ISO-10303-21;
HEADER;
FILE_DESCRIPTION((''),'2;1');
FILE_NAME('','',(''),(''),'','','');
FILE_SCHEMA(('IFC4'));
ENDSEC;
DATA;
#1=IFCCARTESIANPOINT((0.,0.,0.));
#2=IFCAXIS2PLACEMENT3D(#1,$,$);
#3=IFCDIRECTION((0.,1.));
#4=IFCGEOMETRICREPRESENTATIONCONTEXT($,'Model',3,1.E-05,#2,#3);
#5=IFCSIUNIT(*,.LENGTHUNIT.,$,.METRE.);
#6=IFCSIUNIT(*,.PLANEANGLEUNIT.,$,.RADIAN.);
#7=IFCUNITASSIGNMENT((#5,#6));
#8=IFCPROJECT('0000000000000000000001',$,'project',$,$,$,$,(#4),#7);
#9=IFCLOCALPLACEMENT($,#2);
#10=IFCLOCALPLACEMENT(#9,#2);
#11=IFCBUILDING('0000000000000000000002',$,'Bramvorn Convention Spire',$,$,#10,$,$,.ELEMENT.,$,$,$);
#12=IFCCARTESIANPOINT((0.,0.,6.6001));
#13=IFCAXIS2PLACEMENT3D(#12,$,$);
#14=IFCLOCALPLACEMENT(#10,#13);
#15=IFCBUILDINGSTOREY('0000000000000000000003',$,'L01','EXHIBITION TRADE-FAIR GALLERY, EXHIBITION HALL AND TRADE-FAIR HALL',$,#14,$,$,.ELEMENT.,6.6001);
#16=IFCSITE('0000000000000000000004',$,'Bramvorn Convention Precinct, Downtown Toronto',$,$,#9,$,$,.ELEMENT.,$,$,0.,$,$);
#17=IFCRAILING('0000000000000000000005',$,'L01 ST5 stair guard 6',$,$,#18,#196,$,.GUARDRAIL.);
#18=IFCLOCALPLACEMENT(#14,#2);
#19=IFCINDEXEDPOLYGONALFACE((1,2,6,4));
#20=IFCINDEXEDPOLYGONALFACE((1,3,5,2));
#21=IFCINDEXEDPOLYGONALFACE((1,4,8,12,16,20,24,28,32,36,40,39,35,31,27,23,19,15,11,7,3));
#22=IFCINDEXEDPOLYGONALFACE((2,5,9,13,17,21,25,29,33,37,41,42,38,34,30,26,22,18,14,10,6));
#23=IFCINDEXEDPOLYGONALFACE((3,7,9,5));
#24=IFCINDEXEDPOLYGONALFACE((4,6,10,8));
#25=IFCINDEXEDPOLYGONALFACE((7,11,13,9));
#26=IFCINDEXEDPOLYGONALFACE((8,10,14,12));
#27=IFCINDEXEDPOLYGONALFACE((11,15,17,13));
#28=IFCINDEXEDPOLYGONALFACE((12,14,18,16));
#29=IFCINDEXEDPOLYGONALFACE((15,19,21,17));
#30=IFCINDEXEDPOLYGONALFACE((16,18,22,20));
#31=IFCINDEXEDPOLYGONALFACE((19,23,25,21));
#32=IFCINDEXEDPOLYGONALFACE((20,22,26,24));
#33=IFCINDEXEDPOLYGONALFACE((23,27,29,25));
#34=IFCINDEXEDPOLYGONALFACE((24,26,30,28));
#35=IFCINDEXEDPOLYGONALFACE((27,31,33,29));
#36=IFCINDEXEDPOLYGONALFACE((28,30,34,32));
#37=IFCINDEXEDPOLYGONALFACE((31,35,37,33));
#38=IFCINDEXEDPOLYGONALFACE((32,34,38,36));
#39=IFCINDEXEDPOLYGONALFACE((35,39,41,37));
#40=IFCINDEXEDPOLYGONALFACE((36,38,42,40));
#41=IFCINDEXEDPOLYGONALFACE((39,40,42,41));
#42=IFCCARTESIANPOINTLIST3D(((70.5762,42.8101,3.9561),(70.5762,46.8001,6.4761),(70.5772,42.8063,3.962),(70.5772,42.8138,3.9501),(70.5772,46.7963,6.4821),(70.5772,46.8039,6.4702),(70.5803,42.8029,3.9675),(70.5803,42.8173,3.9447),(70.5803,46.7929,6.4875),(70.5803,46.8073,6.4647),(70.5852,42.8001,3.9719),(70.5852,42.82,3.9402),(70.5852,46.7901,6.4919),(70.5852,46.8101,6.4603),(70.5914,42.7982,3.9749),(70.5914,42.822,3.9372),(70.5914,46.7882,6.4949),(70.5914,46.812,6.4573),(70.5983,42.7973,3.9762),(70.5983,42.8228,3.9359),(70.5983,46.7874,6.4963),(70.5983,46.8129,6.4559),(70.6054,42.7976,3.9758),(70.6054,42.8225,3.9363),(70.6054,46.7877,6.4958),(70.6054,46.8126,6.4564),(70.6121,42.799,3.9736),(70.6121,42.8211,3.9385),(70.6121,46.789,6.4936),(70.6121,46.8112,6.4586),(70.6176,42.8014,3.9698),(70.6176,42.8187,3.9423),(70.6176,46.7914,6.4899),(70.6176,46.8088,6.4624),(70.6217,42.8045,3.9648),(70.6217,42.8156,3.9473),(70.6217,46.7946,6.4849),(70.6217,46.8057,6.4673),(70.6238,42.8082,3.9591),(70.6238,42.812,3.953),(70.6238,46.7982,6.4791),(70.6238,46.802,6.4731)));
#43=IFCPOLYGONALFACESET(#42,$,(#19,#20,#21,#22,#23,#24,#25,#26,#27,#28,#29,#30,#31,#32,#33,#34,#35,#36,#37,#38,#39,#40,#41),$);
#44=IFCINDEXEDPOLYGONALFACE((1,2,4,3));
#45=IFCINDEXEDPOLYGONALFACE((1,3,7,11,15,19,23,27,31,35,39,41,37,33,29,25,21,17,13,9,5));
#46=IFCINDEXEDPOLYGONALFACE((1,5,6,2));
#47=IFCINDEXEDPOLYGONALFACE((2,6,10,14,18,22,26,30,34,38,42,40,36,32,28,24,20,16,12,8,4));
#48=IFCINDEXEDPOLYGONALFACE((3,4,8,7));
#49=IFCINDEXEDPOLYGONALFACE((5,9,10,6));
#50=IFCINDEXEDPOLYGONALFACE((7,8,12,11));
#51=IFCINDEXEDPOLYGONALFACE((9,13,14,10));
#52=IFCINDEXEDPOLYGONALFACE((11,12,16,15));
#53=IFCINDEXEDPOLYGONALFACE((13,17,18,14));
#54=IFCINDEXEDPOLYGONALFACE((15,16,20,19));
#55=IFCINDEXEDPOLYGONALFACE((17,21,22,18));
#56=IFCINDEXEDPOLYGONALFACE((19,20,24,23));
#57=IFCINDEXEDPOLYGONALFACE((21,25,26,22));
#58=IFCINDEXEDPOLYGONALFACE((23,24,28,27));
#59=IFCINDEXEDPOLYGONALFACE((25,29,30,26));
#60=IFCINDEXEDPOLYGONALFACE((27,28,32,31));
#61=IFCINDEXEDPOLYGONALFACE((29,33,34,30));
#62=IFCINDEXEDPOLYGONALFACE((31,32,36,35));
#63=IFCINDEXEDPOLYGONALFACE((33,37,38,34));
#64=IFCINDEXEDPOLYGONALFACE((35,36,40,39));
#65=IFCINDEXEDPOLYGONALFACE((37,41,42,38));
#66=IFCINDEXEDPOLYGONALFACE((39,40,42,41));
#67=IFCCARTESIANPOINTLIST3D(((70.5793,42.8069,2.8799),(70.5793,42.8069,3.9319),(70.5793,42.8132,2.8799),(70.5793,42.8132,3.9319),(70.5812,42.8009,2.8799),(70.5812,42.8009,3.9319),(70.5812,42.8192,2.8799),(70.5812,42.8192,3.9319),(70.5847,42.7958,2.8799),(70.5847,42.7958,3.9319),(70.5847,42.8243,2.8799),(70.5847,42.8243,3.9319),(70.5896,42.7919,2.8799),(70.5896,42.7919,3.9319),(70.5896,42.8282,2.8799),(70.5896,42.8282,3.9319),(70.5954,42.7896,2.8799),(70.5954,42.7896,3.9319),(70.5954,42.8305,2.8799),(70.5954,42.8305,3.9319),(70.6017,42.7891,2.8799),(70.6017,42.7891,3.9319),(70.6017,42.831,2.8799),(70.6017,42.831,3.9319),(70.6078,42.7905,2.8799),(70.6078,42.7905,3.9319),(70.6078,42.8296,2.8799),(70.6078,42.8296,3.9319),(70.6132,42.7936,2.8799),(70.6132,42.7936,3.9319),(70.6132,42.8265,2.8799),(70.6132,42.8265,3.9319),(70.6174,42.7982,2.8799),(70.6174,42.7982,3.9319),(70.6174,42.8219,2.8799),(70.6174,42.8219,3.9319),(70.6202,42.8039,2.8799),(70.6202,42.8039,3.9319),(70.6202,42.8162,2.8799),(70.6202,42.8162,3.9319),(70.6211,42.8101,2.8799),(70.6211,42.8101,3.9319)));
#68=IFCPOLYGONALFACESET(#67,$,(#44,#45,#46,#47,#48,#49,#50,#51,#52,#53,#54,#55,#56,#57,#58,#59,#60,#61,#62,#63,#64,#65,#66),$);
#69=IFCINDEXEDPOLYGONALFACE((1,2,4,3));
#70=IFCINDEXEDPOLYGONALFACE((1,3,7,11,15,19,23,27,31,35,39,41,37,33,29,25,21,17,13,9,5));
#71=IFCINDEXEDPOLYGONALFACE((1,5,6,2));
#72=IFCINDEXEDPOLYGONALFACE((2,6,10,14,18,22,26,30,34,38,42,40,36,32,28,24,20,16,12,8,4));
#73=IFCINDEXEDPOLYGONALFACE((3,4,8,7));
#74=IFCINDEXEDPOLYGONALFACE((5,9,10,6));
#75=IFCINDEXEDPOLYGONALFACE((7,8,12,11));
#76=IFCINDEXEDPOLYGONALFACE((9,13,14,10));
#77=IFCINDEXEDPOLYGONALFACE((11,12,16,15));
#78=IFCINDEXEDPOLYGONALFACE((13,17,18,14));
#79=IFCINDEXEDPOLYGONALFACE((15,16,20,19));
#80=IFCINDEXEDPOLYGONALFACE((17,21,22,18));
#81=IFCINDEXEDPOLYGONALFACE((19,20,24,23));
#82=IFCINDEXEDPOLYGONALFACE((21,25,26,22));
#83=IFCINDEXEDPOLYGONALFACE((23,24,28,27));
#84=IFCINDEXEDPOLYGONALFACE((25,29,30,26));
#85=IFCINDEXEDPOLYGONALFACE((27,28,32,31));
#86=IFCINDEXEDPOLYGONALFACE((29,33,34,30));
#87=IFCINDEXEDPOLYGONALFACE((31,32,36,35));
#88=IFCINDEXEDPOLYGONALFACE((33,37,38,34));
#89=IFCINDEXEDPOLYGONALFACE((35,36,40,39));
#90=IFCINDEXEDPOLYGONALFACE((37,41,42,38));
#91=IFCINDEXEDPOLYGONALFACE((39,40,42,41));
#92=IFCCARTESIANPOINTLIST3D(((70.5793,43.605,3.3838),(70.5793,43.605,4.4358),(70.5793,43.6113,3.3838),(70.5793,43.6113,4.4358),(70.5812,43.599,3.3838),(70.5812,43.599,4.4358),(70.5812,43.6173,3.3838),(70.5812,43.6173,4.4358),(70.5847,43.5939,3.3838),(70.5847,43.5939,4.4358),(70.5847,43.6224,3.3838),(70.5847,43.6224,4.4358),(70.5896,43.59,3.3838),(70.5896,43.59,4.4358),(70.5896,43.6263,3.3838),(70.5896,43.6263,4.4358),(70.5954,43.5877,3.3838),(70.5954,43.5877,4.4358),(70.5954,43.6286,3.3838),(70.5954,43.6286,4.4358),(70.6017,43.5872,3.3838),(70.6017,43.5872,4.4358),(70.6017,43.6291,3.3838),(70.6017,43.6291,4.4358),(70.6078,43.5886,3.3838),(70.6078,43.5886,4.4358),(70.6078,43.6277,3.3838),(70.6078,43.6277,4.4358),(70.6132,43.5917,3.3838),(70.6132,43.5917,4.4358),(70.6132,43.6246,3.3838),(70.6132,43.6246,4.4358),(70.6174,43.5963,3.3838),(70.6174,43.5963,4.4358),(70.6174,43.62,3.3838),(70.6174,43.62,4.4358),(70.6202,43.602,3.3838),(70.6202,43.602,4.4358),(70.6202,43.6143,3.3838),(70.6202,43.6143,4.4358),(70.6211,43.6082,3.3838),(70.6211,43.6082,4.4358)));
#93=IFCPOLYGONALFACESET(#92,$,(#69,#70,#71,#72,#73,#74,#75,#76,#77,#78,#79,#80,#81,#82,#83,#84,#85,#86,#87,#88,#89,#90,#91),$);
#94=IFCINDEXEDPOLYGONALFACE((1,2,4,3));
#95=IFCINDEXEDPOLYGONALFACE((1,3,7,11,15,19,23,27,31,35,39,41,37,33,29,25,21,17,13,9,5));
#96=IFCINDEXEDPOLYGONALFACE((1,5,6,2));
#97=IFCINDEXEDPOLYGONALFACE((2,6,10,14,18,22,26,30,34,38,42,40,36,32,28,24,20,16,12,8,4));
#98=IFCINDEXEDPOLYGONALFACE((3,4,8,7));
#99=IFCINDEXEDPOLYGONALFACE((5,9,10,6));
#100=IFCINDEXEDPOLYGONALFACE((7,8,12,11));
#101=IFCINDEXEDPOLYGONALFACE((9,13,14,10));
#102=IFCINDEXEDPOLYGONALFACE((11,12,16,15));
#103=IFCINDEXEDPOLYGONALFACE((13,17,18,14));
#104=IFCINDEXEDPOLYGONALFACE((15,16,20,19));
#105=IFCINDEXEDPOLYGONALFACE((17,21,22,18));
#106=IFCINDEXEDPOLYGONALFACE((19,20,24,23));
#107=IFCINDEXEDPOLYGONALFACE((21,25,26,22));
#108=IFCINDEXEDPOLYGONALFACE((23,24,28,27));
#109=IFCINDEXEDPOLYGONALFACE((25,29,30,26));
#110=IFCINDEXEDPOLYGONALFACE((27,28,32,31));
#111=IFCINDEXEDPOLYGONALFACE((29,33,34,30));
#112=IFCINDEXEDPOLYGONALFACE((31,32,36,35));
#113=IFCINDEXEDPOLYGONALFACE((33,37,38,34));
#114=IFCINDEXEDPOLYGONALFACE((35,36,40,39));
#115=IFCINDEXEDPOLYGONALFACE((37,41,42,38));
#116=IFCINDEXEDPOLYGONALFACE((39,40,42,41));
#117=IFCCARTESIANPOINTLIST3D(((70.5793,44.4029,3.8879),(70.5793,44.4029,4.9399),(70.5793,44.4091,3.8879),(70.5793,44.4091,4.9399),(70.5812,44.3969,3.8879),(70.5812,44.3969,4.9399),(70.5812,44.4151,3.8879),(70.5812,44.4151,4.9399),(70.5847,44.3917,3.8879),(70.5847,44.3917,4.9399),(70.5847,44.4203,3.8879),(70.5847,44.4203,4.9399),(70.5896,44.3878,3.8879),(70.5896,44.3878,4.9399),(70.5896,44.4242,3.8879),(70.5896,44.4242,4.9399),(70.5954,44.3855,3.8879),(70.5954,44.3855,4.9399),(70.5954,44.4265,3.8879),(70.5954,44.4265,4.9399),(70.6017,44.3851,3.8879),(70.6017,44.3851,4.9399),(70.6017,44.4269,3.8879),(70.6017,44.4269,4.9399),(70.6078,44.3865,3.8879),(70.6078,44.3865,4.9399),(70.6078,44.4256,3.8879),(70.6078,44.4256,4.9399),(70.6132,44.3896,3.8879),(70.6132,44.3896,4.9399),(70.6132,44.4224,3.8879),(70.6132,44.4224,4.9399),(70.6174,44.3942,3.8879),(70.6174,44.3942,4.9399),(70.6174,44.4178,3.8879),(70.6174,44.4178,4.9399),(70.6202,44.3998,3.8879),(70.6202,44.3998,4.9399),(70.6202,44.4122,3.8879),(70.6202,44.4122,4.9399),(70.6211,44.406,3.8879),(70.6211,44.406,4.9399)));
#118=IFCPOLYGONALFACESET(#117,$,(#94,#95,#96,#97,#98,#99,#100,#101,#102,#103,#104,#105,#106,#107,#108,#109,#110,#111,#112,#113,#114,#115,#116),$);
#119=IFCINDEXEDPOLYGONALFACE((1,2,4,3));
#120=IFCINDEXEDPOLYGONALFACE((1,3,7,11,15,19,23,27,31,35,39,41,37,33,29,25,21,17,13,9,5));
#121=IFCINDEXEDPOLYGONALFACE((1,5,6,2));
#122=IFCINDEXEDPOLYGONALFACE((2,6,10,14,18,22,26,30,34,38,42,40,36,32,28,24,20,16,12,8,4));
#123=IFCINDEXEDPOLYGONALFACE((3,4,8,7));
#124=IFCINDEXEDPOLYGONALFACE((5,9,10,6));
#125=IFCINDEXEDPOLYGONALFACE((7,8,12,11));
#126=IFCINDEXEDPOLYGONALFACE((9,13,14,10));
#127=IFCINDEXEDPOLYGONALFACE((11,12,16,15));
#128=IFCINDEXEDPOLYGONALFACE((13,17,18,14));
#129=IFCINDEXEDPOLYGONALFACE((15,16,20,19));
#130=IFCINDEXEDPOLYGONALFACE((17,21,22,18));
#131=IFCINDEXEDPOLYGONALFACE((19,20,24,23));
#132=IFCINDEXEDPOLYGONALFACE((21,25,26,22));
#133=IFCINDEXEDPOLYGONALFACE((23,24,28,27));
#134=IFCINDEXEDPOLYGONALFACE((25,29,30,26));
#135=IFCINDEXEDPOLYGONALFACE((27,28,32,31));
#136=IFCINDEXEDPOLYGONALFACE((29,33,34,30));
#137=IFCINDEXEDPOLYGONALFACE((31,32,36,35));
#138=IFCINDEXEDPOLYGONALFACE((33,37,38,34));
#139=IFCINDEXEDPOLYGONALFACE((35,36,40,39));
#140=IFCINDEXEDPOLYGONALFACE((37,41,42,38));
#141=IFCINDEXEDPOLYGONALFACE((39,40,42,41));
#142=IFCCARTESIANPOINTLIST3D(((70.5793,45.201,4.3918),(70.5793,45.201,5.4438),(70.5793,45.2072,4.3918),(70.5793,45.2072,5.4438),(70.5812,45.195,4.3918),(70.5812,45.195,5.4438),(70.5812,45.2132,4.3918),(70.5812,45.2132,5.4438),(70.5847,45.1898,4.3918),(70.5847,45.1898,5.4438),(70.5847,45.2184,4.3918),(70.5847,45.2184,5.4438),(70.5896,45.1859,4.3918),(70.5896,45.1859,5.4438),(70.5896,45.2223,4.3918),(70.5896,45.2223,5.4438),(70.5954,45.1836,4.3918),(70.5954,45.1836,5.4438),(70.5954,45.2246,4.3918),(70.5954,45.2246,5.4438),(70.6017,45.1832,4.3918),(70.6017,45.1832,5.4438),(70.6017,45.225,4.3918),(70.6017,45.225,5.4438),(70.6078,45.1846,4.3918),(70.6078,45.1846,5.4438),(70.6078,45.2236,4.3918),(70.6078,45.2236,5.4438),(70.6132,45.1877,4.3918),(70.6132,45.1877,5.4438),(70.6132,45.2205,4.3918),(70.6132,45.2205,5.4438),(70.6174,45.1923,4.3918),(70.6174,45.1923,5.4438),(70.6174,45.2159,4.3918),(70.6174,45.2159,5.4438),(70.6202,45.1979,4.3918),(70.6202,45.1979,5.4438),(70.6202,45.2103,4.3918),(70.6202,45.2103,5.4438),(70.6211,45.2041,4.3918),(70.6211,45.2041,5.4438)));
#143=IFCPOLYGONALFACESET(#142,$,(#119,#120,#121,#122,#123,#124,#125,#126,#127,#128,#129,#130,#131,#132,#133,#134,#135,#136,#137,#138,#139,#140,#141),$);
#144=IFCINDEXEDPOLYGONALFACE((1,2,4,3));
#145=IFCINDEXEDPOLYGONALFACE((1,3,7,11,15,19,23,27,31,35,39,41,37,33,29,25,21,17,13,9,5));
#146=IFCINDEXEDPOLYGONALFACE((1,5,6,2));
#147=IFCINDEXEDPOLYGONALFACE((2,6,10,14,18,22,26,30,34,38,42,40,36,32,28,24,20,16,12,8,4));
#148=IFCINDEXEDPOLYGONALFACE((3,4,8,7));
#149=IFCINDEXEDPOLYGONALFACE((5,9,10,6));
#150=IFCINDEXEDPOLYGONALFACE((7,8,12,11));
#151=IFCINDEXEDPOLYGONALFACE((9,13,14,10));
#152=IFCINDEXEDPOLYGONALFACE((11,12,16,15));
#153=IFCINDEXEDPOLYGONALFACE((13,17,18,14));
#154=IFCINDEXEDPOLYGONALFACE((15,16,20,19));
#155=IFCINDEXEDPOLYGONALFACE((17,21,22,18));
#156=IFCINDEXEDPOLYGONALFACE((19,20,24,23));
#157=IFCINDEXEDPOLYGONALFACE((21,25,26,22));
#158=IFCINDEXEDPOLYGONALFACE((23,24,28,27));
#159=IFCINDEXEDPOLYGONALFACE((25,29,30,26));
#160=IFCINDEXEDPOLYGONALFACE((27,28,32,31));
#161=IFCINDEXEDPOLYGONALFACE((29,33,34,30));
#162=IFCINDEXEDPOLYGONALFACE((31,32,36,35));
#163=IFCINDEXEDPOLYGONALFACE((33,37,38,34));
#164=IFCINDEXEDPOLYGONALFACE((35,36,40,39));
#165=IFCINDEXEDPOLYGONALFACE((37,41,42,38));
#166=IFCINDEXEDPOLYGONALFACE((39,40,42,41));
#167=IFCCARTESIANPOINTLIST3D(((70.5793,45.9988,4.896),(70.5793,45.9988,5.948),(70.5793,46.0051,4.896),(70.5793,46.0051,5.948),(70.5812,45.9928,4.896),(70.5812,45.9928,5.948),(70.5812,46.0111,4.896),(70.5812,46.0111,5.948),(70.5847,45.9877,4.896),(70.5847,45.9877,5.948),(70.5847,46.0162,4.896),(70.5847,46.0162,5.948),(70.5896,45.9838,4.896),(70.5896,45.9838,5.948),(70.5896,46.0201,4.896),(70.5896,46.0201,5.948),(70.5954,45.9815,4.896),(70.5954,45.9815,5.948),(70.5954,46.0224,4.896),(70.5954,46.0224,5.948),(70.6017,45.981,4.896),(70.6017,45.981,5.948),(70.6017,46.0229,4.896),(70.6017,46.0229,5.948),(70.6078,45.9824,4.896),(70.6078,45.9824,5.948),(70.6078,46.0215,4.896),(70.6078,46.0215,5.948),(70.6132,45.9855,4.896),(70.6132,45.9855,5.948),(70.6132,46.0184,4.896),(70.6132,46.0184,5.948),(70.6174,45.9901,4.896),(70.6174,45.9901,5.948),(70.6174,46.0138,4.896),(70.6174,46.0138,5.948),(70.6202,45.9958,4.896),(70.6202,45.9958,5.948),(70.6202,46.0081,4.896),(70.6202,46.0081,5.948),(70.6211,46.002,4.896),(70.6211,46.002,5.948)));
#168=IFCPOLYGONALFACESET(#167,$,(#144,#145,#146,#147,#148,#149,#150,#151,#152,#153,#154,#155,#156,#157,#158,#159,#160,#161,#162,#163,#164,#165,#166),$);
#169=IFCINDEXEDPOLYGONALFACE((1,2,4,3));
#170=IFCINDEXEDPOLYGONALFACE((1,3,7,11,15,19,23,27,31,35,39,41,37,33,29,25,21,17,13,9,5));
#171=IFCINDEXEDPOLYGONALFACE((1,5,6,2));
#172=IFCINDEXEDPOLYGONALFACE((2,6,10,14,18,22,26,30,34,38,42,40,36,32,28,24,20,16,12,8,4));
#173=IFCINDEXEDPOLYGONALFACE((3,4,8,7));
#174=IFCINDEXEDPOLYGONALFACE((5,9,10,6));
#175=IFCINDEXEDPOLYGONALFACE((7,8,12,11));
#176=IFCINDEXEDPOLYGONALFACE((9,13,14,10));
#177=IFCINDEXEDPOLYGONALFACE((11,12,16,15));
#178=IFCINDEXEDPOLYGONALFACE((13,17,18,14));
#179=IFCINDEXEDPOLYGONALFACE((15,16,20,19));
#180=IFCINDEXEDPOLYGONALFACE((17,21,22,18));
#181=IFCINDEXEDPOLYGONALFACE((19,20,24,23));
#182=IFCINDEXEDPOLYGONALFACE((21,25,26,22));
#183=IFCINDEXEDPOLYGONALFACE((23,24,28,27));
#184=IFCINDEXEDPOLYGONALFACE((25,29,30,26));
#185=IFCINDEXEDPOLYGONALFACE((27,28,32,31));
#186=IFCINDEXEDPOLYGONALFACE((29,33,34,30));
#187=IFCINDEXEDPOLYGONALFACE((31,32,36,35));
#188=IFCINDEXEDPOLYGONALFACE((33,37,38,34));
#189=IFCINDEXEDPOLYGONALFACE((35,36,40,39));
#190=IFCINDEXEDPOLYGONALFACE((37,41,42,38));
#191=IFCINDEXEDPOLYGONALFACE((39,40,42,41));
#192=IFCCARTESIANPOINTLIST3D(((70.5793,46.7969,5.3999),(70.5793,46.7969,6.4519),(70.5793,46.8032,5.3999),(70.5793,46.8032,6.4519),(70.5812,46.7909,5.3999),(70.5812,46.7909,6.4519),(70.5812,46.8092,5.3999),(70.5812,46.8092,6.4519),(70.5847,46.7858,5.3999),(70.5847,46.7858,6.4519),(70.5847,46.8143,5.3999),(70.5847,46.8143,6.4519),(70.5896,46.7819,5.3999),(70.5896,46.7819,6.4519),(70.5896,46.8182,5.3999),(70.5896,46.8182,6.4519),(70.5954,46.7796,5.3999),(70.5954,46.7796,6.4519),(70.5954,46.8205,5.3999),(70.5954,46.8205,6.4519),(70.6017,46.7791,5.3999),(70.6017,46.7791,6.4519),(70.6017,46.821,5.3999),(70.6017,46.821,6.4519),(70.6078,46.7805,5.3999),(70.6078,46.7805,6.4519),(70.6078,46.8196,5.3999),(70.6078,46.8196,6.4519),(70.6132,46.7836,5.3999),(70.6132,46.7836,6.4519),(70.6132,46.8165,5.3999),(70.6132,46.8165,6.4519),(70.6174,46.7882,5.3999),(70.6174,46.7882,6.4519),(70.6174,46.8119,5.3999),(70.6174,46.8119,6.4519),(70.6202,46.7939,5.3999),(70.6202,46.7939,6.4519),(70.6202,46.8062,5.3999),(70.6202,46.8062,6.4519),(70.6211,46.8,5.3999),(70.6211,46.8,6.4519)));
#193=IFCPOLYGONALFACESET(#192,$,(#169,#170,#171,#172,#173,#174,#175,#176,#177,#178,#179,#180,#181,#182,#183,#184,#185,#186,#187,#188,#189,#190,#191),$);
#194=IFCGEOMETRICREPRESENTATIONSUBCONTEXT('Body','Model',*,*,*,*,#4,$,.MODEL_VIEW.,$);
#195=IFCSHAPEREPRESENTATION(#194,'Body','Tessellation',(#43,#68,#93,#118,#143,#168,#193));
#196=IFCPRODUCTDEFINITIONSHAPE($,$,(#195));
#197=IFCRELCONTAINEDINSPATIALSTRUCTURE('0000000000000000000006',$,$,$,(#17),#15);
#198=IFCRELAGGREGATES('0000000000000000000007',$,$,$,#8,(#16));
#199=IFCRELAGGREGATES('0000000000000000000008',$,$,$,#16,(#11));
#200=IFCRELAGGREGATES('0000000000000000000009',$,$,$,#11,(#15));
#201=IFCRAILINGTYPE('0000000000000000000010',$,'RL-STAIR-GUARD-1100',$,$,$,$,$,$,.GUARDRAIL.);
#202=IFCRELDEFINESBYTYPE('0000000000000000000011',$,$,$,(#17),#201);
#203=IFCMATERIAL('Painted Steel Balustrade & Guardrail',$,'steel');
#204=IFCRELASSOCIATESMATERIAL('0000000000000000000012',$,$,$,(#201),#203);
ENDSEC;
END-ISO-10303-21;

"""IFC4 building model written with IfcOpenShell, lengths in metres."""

from ifc_helpers import new_model, si_unit, direction, frame, origin, origin_2d, place, context, subcontext, project, spatial, circle, extrude, material, type_object, element, save


model = new_model("IFC4")

# Units and contexts
model_context = context("Model", 3, precision=1e-05, world=origin(), true_north=direction((0.0, 1.0)))
body_context = subcontext(model_context, "Body", "Model", "MODEL_VIEW")
ifc_project = project(units=[si_unit("LENGTHUNIT", "METRE"), si_unit("PLANEANGLEUNIT", "RADIAN")], contexts=[model_context])

# Site, building, storey
site_placement = place(None, origin())
site = spatial("IfcSite", under=ifc_project, at=site_placement, Name="Bramvorn Convention Precinct, Downtown Toronto", CompositionType="ELEMENT", RefElevation=0.0)
building_placement = place(site_placement, origin())
building = spatial("IfcBuilding", under=site, at=building_placement, Name="Bramvorn Convention Spire", CompositionType="ELEMENT")
storey_placement = place(building_placement, frame((0.0, 0.0, 6.6001)))
storey = spatial("IfcBuildingStorey", under=building, at=storey_placement, Name="L01", Description="EXHIBITION TRADE-FAIR GALLERY, EXHIBITION HALL AND TRADE-FAIR HALL", CompositionType="ELEMENT", Elevation=6.6001)

# Railing
ifc_material_1 = material(Name="Painted Steel Balustrade & Guardrail", Category="steel")
railing_type = type_object("IfcRailingType", Name="RL-STAIR-GUARD-1100", PredefinedType="GUARDRAIL", material=ifc_material_1)
railing_1_placement = place(storey_placement, frame((70.6001, 42.8101, 2.8799)))
element("IfcRailing", 1, at=railing_1_placement, inside=storey, type_object=railing_type, Name="L01 ST5 stair guard 6", PredefinedType="GUARDRAIL", context=body_context, shape_type="SweptSolid", body=[
    extrude(circle(Radius=0.0239, at=origin_2d()), frame((0.0, 0.0, 1.0762), z_axis=(0.0, 0.845486, 0.533997), x_axis=(-1.0, 0.0, 0.0)), (0.0, 0.0, 1.0), 4.7192),
    extrude(circle(Radius=0.021, at=origin_2d()), origin(), (0.0, 0.0, 1.0), 1.052),
    extrude(circle(Radius=0.021, at=origin_2d()), frame((0.0, 0.7981, 0.5039)), (0.0, 0.0, 1.0), 1.052),
    extrude(circle(Radius=0.021, at=origin_2d()), frame((0.0, 1.5959, 1.0081)), (0.0, 0.0, 1.0), 1.052),
    extrude(circle(Radius=0.021, at=origin_2d()), frame((0.0, 2.394, 1.512)), (0.0, 0.0, 1.0), 1.052),
    extrude(circle(Radius=0.021, at=origin_2d()), frame((0.0, 3.1919, 2.0161)), (0.0, 0.0, 1.0), 1.052),
    extrude(circle(Radius=0.021, at=origin_2d()), frame((0.0, 3.99, 2.52)), (0.0, 0.0, 1.0), 1.052),
])

save(model, "model.ifc")
